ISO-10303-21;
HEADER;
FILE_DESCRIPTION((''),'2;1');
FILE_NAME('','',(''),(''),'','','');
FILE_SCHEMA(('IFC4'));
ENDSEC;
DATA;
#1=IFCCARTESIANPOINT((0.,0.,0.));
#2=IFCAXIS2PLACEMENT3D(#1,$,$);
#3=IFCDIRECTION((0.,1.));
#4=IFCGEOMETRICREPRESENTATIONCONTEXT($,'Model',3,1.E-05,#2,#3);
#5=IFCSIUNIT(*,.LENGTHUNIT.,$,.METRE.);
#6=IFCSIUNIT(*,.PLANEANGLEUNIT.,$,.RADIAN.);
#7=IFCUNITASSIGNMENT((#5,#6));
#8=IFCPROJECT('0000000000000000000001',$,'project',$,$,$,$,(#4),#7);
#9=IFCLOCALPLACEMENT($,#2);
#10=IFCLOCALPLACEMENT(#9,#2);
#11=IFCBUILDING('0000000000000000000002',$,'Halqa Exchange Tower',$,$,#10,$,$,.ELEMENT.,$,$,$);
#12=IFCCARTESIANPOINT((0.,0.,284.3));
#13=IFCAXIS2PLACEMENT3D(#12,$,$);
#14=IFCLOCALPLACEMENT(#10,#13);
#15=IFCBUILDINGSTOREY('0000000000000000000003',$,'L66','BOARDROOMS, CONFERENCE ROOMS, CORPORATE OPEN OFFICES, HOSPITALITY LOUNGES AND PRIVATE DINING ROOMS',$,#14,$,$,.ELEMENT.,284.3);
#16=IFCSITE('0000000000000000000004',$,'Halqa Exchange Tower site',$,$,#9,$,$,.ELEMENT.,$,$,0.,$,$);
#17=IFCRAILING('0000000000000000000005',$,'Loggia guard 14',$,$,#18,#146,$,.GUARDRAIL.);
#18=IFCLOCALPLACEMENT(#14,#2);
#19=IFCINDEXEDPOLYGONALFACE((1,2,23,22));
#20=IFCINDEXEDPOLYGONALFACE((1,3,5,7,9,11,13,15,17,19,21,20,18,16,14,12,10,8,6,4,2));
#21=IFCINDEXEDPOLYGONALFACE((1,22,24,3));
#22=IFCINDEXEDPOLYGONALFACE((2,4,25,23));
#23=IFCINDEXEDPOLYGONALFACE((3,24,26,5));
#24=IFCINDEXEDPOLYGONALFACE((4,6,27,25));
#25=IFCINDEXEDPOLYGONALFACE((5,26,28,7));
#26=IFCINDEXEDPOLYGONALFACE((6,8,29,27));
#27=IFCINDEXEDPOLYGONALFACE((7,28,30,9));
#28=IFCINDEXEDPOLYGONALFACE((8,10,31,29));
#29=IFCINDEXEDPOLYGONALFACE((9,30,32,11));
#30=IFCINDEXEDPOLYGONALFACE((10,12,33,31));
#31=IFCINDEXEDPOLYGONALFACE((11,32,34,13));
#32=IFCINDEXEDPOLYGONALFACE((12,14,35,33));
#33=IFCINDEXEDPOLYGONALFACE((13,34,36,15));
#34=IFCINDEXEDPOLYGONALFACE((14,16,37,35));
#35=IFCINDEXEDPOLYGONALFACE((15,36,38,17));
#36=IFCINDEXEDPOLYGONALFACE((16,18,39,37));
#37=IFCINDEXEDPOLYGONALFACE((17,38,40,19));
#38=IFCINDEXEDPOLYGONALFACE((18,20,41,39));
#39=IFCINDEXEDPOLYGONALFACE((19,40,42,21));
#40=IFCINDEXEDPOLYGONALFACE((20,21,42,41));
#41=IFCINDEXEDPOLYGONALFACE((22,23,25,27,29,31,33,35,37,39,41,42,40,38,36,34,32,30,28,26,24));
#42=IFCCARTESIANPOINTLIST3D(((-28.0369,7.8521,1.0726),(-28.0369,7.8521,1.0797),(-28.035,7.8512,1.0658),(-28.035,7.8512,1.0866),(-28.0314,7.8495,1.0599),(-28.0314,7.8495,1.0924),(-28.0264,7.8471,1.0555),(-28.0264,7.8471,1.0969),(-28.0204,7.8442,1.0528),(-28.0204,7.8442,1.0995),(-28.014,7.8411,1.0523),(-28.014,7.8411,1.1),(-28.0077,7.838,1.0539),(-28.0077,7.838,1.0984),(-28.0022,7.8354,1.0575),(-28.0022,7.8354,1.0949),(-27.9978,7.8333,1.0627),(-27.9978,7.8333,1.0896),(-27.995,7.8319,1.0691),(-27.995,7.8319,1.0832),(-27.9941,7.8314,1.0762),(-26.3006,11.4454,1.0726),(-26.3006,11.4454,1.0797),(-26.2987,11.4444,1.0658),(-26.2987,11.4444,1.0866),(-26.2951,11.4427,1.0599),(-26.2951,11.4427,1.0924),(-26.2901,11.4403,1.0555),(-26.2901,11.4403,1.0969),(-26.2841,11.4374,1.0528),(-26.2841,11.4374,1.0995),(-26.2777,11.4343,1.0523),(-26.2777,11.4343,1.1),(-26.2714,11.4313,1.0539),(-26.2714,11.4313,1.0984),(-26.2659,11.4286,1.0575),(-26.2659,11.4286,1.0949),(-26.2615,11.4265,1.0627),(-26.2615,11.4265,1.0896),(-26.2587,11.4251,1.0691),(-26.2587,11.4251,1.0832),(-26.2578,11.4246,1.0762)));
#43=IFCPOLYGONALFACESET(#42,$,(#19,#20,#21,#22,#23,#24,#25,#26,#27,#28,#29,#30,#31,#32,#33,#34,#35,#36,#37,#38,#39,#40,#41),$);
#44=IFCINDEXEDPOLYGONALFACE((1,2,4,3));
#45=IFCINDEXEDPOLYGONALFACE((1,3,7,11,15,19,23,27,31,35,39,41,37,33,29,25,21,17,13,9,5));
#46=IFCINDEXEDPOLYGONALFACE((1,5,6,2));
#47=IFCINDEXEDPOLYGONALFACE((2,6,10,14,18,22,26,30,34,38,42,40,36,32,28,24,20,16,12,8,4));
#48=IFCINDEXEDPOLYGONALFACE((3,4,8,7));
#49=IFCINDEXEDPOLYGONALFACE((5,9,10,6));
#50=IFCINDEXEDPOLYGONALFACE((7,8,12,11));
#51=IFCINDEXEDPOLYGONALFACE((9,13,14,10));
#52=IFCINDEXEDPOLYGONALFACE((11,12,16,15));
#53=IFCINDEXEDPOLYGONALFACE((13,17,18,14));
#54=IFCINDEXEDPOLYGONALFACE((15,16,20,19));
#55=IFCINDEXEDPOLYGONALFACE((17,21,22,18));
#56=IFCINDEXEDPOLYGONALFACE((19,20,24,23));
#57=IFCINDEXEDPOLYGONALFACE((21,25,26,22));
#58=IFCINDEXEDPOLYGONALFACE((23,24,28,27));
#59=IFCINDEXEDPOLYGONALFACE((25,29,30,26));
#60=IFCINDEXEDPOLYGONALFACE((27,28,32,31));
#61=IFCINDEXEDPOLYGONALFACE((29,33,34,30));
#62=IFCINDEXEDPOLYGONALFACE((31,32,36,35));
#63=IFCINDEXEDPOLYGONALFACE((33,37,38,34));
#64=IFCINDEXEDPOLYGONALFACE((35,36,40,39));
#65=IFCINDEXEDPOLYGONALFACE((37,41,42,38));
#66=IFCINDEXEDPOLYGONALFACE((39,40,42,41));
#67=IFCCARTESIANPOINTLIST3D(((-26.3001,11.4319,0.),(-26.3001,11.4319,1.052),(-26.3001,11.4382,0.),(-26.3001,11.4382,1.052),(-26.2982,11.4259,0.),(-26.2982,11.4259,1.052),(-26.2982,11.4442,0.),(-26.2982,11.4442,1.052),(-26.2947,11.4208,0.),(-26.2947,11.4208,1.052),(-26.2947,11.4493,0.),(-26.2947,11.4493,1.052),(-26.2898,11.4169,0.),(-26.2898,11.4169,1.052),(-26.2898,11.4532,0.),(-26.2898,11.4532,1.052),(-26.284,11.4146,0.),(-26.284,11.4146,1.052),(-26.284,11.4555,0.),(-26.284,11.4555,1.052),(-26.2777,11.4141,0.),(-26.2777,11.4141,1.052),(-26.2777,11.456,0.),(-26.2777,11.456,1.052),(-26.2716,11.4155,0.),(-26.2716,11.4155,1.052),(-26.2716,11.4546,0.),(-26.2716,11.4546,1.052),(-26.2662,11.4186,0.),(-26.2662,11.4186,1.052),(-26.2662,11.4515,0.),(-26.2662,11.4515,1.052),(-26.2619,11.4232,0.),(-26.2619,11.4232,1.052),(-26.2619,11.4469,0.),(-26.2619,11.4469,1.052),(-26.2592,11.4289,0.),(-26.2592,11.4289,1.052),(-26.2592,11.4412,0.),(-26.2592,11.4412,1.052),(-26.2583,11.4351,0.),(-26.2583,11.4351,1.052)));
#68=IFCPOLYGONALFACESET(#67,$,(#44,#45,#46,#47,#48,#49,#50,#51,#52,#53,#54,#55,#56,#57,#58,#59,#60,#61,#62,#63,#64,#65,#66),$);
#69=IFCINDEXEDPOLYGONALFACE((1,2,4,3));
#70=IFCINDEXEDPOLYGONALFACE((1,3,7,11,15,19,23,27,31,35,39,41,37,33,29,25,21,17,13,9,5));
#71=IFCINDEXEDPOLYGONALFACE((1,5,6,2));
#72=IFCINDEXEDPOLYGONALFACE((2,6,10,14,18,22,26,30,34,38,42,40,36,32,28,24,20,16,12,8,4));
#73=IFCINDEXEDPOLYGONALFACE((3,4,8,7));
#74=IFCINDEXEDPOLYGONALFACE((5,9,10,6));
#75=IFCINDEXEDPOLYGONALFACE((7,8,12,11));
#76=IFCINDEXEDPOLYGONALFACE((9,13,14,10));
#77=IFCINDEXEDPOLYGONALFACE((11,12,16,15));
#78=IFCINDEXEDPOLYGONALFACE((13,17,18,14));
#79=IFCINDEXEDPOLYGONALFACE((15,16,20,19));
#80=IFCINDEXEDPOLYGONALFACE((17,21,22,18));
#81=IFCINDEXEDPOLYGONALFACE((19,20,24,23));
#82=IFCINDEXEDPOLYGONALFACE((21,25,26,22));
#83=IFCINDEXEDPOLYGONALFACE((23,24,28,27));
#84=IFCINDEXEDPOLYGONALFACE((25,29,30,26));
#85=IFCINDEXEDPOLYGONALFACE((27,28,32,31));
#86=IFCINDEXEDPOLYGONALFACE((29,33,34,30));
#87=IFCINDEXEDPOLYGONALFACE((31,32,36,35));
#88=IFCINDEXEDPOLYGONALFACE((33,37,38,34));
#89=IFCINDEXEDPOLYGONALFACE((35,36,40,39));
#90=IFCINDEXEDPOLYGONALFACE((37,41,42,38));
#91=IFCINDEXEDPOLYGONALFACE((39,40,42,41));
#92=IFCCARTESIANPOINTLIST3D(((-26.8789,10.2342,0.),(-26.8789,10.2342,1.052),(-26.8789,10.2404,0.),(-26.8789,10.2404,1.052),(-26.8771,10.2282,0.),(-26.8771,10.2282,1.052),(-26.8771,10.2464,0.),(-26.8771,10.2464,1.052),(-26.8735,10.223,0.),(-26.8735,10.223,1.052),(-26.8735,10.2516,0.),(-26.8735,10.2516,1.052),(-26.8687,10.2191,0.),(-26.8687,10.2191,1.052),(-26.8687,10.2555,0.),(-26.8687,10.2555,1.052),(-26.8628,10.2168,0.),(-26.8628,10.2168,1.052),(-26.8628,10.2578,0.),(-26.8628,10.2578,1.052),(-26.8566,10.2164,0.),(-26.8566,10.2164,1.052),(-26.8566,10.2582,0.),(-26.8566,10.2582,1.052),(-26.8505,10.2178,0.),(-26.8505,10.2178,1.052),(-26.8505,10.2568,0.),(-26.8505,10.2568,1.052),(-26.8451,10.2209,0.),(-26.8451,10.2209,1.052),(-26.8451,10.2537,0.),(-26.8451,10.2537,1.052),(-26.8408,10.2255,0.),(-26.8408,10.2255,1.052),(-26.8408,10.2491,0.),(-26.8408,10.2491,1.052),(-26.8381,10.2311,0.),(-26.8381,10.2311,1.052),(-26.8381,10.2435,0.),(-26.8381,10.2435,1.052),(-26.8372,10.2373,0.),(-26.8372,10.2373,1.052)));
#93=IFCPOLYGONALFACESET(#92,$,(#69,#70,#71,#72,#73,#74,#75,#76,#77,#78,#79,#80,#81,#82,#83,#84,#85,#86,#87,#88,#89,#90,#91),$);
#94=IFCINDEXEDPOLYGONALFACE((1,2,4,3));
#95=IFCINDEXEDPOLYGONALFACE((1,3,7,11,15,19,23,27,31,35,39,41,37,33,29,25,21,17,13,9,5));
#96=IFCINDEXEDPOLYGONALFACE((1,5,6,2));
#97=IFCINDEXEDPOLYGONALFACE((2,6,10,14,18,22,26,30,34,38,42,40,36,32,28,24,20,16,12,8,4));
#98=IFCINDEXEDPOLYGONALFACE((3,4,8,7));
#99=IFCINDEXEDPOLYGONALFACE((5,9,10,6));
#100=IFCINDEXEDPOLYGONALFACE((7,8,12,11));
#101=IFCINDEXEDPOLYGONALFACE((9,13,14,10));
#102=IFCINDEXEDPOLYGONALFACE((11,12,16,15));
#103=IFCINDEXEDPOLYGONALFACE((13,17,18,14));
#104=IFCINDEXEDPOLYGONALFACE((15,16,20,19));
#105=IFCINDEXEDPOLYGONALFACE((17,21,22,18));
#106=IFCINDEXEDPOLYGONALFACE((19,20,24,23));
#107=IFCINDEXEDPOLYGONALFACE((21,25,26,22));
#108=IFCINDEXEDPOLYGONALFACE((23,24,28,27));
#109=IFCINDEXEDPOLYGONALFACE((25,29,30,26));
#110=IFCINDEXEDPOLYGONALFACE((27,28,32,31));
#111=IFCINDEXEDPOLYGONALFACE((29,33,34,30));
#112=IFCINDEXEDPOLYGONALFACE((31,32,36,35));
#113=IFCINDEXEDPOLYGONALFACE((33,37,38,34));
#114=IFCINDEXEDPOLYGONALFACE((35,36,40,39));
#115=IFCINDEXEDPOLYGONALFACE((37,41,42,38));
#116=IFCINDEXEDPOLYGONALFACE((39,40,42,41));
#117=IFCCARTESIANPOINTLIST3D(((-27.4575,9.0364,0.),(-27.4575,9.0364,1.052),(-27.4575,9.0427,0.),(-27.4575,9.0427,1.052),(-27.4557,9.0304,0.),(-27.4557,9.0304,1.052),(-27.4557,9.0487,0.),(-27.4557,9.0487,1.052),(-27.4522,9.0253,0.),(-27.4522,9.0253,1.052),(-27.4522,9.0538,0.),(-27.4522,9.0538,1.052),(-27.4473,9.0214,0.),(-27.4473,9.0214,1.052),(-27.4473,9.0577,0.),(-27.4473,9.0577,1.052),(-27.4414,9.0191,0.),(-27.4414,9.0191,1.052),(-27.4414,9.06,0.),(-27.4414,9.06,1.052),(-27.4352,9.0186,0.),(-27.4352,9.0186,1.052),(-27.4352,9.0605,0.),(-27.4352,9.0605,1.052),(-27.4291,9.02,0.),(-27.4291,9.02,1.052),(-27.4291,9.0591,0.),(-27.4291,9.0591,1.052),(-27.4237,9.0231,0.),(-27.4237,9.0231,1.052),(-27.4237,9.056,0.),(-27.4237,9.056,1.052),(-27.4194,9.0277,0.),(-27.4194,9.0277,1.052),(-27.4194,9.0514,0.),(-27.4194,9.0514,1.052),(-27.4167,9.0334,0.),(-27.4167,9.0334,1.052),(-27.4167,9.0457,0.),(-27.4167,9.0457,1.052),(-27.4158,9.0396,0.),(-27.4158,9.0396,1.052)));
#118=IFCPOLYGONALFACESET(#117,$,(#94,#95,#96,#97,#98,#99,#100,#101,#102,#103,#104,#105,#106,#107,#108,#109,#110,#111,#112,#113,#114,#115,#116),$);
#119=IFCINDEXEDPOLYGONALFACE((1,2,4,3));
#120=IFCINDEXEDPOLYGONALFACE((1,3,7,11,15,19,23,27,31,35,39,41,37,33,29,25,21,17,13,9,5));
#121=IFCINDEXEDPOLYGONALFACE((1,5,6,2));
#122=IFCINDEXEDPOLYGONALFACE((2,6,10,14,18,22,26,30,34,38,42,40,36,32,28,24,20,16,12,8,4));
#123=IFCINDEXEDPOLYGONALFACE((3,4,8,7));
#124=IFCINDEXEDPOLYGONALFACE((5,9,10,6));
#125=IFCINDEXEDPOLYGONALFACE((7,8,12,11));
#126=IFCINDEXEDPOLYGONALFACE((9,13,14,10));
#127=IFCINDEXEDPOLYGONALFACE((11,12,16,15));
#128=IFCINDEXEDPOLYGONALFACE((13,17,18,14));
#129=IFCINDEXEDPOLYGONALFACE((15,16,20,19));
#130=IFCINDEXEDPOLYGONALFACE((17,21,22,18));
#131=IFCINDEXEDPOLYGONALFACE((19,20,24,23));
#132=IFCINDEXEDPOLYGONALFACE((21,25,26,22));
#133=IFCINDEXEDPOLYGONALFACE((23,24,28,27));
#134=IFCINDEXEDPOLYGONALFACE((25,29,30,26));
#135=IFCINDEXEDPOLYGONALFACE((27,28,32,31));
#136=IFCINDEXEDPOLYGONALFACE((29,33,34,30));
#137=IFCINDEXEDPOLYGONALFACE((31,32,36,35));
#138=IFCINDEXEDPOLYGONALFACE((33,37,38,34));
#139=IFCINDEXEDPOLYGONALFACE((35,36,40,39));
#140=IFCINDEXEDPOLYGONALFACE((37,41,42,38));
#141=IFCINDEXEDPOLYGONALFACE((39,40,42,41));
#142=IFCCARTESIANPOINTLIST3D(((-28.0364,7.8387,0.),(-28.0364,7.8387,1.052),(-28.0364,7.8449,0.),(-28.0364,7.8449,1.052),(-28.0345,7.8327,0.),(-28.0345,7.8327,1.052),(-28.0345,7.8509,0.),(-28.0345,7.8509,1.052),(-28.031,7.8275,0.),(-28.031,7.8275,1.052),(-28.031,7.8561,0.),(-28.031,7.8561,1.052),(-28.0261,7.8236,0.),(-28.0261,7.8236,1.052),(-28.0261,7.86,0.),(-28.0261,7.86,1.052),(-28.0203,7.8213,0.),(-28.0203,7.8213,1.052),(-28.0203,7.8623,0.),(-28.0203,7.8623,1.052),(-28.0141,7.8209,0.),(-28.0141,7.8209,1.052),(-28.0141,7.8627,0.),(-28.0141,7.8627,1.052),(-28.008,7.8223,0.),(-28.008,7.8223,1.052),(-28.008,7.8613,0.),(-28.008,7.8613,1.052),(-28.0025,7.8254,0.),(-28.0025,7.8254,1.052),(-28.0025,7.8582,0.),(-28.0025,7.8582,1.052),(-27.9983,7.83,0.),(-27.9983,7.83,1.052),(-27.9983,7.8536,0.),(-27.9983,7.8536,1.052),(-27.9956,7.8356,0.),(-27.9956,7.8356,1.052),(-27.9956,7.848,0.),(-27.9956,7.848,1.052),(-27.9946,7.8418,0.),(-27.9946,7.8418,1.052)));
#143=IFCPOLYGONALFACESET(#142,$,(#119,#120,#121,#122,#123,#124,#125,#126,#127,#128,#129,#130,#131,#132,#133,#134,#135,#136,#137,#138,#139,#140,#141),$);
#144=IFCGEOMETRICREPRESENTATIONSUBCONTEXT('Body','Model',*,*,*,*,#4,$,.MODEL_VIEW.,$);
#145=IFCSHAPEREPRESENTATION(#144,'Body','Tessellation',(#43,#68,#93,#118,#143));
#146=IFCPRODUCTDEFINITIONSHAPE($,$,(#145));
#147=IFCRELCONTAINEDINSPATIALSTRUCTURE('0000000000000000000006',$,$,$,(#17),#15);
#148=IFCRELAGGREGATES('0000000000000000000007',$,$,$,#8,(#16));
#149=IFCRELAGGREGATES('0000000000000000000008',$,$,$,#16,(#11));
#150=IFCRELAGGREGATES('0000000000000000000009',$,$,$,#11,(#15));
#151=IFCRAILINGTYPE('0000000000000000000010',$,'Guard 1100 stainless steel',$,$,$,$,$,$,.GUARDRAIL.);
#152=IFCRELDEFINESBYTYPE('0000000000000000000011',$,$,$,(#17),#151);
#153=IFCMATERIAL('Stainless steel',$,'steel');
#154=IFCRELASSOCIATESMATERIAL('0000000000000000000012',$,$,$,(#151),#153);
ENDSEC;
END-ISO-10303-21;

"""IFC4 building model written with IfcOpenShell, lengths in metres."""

from ifc_helpers import new_model, si_unit, direction, frame, origin, origin_2d, place, context, subcontext, project, spatial, circle, extrude, material, type_object, element, save


model = new_model("IFC4")

# Units and contexts
model_context = context("Model", 3, precision=1e-05, world=origin(), true_north=direction((0.0, 1.0)))
body_context = subcontext(model_context, "Body", "Model", "MODEL_VIEW")
ifc_project = project(units=[si_unit("LENGTHUNIT", "METRE"), si_unit("PLANEANGLEUNIT", "RADIAN")], contexts=[model_context])

# Site, building, storey
site_placement = place(None, origin())
site = spatial("IfcSite", under=ifc_project, at=site_placement, Name="Halqa Exchange Tower site", CompositionType="ELEMENT", RefElevation=0.0)
building_placement = place(site_placement, origin())
building = spatial("IfcBuilding", under=site, at=building_placement, Name="Halqa Exchange Tower", CompositionType="ELEMENT")
storey_placement = place(building_placement, frame((0.0, 0.0, 284.3)))
storey = spatial("IfcBuildingStorey", under=building, at=storey_placement, Name="L66", Description="BOARDROOMS, CONFERENCE ROOMS, CORPORATE OPEN OFFICES, HOSPITALITY LOUNGES AND PRIVATE DINING ROOMS", CompositionType="ELEMENT", Elevation=284.3)

# Railing
ifc_material_1 = material(Name="Stainless steel", Category="steel")
railing_type = type_object("IfcRailingType", Name="Guard 1100 stainless steel", PredefinedType="GUARDRAIL", material=ifc_material_1)
railing_1_placement = place(storey_placement, frame((-26.2793, 11.4351, 0.0)))
element("IfcRailing", 1, at=railing_1_placement, inside=storey, type_object=railing_type, Name="Loggia guard 14", PredefinedType="GUARDRAIL", context=body_context, shape_type="SweptSolid", body=[
    extrude(circle(Radius=0.0239, at=origin_2d()), frame((0.0, 0.0, 1.0762), z_axis=(-0.435084, -0.90039, 0.0), x_axis=(0.90039, -0.435084, 0.0)), (0.0, 0.0, 1.0), 3.9907),
    extrude(circle(Radius=0.021, at=origin_2d()), origin(), (0.0, 0.0, 1.0), 1.052),
    extrude(circle(Radius=0.021, at=origin_2d()), frame((-0.5789, -1.1978, 0.0)), (0.0, 0.0, 1.0), 1.052),
    extrude(circle(Radius=0.021, at=origin_2d()), frame((-1.1575, -2.3955, 0.0)), (0.0, 0.0, 1.0), 1.052),
    extrude(circle(Radius=0.021, at=origin_2d()), frame((-1.7363, -3.5933, 0.0)), (0.0, 0.0, 1.0), 1.052),
])

save(model, "model.ifc")
